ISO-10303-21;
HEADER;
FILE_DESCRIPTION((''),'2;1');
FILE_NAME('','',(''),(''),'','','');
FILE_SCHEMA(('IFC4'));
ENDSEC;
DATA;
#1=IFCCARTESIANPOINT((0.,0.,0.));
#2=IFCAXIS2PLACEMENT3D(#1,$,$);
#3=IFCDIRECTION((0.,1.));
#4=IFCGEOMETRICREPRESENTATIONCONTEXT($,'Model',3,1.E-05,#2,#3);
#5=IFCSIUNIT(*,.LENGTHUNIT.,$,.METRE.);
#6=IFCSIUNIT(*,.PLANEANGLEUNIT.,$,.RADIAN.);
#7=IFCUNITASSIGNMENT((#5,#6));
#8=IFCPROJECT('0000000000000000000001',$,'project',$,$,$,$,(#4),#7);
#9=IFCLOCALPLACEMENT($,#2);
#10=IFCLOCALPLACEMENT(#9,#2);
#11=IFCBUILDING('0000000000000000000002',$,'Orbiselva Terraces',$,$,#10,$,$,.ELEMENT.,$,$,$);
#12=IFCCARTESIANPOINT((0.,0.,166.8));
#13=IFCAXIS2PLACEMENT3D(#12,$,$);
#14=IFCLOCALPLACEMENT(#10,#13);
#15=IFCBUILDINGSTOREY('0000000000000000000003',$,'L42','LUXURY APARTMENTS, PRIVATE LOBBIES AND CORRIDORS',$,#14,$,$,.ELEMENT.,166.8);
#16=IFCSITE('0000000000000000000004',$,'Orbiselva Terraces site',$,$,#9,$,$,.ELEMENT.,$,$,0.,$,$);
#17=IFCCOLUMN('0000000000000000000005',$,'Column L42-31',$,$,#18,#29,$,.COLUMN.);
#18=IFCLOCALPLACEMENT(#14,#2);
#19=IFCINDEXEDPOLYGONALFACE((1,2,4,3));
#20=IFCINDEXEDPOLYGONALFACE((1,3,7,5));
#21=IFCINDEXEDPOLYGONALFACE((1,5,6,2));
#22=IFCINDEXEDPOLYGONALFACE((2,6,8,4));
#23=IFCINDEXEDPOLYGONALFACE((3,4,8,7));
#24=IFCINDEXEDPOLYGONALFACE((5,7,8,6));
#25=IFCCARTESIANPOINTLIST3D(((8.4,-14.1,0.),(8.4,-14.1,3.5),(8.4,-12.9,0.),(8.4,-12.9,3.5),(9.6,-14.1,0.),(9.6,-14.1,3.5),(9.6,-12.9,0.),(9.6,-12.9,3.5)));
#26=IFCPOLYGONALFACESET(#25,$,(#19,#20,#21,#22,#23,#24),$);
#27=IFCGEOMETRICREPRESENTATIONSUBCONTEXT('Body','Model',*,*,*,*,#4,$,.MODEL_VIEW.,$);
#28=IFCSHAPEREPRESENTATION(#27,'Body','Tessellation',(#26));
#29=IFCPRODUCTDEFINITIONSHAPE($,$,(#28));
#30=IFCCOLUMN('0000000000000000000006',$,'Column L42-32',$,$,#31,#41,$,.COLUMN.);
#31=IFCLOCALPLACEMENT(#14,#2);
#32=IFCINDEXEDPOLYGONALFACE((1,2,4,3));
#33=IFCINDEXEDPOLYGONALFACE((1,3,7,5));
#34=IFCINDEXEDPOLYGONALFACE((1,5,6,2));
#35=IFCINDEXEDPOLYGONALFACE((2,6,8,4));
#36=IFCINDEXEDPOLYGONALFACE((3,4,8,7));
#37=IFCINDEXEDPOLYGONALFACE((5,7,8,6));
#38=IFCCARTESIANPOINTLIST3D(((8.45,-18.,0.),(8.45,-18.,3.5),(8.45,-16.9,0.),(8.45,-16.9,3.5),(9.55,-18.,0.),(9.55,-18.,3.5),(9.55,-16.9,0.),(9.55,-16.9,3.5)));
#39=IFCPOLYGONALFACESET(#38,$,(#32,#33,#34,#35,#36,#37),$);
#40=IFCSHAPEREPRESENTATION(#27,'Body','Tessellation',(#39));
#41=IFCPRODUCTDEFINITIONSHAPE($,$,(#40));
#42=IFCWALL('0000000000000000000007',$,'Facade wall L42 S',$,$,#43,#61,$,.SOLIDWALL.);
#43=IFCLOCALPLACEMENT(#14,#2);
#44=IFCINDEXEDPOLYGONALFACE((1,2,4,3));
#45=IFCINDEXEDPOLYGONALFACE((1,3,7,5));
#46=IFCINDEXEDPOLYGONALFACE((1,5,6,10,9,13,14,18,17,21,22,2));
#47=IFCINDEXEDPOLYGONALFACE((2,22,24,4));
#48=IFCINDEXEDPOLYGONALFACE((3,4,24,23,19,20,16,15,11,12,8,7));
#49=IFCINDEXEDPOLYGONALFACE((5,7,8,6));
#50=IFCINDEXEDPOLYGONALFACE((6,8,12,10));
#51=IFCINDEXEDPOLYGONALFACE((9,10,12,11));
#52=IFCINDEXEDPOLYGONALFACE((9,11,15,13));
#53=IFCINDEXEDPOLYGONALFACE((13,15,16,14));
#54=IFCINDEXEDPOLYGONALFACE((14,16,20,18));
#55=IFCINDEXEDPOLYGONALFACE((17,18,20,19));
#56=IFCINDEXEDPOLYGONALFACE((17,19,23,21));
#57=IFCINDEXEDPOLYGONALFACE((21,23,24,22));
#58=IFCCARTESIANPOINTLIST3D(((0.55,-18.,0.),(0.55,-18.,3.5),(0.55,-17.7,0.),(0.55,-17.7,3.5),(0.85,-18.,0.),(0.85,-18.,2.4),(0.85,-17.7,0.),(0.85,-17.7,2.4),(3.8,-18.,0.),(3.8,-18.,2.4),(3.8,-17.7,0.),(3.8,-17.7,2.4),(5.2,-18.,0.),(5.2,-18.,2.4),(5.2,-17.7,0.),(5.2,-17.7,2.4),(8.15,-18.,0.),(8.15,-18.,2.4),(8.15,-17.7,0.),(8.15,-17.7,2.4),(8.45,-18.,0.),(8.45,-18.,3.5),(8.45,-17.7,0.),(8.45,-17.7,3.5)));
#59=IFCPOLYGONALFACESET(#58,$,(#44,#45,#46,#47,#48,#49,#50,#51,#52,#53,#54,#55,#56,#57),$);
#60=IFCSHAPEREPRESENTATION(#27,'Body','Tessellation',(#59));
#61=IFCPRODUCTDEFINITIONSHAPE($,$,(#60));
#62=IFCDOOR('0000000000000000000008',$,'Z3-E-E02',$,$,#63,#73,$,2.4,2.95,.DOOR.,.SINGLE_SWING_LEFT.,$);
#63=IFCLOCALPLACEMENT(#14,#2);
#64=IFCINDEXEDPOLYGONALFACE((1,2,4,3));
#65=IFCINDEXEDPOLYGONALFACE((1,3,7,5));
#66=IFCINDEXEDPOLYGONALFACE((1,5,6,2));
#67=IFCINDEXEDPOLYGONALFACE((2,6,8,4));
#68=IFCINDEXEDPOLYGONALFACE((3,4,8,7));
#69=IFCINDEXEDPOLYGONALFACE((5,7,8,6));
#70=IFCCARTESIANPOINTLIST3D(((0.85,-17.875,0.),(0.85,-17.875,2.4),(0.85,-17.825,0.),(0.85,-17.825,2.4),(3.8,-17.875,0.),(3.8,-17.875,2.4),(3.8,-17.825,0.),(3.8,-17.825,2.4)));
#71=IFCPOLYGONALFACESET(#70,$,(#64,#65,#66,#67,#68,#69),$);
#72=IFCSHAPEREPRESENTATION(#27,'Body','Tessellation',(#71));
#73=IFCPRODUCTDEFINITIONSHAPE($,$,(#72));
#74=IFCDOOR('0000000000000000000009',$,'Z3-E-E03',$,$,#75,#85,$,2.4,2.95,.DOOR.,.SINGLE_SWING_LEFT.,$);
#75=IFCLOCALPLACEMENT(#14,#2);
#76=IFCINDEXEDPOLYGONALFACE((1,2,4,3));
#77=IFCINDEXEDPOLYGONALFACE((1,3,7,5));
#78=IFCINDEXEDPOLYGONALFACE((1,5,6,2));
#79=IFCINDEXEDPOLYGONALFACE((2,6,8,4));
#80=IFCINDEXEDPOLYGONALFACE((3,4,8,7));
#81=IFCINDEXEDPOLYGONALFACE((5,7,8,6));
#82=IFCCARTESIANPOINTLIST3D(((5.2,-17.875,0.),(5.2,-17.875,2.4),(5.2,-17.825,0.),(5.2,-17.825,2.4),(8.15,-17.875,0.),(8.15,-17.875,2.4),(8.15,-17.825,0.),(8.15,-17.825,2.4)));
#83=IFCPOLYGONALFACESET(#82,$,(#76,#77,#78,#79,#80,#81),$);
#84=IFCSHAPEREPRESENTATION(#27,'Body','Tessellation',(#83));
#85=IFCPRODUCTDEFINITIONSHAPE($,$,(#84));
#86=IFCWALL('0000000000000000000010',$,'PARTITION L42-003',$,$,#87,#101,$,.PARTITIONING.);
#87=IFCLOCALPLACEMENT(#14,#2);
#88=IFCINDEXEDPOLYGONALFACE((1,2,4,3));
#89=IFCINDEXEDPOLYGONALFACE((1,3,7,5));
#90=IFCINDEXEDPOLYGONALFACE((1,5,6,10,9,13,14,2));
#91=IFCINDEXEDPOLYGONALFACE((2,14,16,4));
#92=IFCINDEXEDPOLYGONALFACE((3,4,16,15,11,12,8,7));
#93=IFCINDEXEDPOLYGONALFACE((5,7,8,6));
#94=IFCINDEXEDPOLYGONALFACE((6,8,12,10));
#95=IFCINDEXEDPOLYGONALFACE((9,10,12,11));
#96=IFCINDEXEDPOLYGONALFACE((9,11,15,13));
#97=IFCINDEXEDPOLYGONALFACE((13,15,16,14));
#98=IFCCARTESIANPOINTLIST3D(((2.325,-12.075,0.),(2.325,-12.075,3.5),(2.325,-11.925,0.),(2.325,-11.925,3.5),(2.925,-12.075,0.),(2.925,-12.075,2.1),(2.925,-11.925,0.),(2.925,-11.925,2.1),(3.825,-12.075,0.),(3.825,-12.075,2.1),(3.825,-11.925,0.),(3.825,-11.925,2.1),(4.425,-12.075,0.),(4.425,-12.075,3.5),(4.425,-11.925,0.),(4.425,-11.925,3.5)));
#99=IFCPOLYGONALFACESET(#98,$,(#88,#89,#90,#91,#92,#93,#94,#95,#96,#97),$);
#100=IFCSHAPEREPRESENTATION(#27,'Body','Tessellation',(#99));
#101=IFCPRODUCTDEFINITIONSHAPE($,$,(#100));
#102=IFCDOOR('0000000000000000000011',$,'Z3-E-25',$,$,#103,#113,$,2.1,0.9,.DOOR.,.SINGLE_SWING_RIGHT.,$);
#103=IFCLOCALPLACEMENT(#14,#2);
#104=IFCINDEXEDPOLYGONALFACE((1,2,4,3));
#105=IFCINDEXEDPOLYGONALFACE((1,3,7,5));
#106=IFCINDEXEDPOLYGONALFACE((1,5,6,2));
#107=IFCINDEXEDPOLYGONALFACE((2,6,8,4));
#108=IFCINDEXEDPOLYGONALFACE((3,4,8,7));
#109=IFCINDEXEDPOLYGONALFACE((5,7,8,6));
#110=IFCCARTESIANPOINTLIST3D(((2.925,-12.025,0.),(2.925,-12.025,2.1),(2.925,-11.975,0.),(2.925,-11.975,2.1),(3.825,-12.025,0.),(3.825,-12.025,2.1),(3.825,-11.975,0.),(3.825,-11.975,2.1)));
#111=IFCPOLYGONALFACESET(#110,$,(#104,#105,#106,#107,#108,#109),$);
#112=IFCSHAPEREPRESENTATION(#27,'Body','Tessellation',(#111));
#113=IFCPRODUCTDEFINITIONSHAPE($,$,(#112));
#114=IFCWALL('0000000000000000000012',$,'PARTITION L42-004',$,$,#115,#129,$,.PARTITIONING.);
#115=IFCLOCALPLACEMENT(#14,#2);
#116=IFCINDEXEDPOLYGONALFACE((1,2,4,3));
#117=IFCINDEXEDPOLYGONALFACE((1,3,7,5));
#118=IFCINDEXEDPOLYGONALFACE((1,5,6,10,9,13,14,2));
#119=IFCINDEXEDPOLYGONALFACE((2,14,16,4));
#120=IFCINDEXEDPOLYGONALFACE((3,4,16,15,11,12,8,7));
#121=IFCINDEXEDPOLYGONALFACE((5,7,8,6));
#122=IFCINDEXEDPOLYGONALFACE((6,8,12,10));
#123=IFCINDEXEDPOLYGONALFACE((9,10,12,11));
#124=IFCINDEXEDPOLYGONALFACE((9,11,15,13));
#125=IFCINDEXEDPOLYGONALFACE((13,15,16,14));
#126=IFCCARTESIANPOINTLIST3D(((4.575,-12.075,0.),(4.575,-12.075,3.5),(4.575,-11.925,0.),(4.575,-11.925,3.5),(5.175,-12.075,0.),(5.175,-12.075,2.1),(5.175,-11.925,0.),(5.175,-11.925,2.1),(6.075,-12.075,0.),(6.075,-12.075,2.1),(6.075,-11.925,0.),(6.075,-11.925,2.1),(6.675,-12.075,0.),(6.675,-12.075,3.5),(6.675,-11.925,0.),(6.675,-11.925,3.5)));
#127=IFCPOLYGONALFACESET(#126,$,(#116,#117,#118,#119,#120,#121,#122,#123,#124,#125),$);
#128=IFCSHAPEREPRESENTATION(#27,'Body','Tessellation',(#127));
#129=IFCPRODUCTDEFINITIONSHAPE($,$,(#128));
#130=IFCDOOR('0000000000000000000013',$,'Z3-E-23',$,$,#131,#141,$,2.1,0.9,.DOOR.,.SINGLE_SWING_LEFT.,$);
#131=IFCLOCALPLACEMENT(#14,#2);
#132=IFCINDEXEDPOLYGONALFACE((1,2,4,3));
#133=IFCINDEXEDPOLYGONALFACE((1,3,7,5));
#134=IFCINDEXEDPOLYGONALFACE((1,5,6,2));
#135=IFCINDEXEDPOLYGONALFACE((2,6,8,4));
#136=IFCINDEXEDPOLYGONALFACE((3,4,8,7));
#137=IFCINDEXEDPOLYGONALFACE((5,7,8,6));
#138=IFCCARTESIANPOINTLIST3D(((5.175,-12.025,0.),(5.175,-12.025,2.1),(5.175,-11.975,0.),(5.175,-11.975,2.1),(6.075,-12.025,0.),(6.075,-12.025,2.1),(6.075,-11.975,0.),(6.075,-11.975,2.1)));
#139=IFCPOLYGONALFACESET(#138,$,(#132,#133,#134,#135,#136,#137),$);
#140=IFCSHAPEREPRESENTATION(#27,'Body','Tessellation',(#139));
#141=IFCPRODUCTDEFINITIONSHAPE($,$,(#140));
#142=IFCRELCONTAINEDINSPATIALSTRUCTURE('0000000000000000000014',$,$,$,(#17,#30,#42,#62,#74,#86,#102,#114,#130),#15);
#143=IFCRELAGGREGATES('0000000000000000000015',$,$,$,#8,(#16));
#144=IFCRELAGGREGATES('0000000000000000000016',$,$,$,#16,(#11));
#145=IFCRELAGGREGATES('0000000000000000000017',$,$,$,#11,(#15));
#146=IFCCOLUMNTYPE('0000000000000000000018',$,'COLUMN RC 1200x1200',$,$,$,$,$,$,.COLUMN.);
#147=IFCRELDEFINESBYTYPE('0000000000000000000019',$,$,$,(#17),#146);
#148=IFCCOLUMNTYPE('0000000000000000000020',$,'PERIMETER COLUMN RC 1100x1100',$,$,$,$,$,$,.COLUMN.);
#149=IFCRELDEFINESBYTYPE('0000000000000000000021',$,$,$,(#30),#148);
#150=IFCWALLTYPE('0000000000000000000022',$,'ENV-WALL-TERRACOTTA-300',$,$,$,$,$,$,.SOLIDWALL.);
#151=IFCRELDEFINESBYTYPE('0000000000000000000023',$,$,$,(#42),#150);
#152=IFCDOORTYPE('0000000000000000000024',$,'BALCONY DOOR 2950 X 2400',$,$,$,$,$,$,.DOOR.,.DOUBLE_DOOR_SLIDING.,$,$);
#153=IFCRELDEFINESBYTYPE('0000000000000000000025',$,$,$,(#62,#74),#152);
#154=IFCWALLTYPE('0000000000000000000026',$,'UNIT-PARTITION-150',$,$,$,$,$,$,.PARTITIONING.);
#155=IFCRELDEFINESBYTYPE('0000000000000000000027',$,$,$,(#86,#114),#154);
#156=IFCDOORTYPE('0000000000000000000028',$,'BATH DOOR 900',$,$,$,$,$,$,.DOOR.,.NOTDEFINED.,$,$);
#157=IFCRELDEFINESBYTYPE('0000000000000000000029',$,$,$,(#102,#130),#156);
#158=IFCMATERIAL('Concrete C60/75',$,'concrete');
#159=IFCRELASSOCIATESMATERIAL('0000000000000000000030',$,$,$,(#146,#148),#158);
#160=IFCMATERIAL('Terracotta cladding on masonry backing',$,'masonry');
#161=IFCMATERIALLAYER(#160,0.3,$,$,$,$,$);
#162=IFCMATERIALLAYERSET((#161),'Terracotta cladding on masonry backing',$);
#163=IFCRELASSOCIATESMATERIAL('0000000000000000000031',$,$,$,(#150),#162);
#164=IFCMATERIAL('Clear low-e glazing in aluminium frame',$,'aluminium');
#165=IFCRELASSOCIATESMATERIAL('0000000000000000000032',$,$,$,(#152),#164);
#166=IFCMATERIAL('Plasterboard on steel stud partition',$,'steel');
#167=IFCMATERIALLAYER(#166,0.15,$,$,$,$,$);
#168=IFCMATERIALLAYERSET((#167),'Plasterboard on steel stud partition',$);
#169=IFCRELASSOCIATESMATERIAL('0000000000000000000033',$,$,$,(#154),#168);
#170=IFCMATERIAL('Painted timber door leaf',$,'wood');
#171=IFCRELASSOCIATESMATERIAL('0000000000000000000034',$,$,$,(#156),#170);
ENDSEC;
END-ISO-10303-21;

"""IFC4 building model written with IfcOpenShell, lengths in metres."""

from ifc_helpers import new_model, si_unit, direction, frame, frame_2d, origin, origin_2d, place, context, subcontext, project, spatial, rectangle, extrude, material, layer, layer_set, material_profile, profile_set, type_object, element, fill, save


model = new_model("IFC4")

# Units and contexts
model_context = context("Model", 3, precision=1e-05, world=origin(), true_north=direction((0.0, 1.0)))
body_context = subcontext(model_context, "Body", "Model", "MODEL_VIEW")
ifc_project = project(units=[si_unit("LENGTHUNIT", "METRE"), si_unit("PLANEANGLEUNIT", "RADIAN")], contexts=[model_context])

# Site, building, storey
site_placement = place(None, origin())
site = spatial("IfcSite", under=ifc_project, at=site_placement, Name="Orbiselva Terraces site", CompositionType="ELEMENT", RefElevation=0.0)
building_placement = place(site_placement, origin())
building = spatial("IfcBuilding", under=site, at=building_placement, Name="Orbiselva Terraces", CompositionType="ELEMENT")
storey_placement = place(building_placement, frame((0.0, 0.0, 166.8)))
storey = spatial("IfcBuildingStorey", under=building, at=storey_placement, Name="L42", Description="LUXURY APARTMENTS, PRIVATE LOBBIES AND CORRIDORS", CompositionType="ELEMENT", Elevation=166.8)

# Columns
ifc_material_1 = material(Name="Concrete C60/75", Category="concrete")
ifc_material_profile_1 = material_profile(ifc_material_1, rectangle(XDim=1.2, YDim=1.2, at=origin_2d()), Name="RC 1200x1200")
ifc_profile_set_1 = profile_set([ifc_material_profile_1], Name="Concrete C60/75")
column_type_1 = type_object("IfcColumnType", Name="COLUMN RC 1200x1200", PredefinedType="COLUMN", material=ifc_profile_set_1)
column_1_placement = place(storey_placement, frame((9.0, -13.5, 0.0), z_axis=(0.0, 0.0, 1.0), x_axis=(1.0, 0.0, 0.0)))
element("IfcColumn", 1, at=column_1_placement, inside=storey, type_object=column_type_1, Name="Column L42-31", PredefinedType="COLUMN", context=body_context, shape_type="SweptSolid", body=[
    extrude(rectangle(XDim=1.2, YDim=1.2, at=origin_2d()), origin(), (0.0, 0.0, 1.0), 3.5),
])
ifc_material_profile_2 = material_profile(ifc_material_1, rectangle(XDim=1.1, YDim=1.1, at=origin_2d()), Name="RC 1100x1100")
ifc_profile_set_2 = profile_set([ifc_material_profile_2], Name="Concrete C60/75")
column_type_2 = type_object("IfcColumnType", Name="PERIMETER COLUMN RC 1100x1100", PredefinedType="COLUMN", material=ifc_profile_set_2)
column_2_placement = place(storey_placement, frame((9.0, -17.45, 0.0), z_axis=(0.0, 0.0, 1.0), x_axis=(1.0, 0.0, 0.0)))
element("IfcColumn", 2, at=column_2_placement, inside=storey, type_object=column_type_2, Name="Column L42-32", PredefinedType="COLUMN", context=body_context, shape_type="SweptSolid", body=[
    extrude(rectangle(XDim=1.1, YDim=1.1, at=origin_2d()), origin(), (0.0, 0.0, 1.0), 3.5),
])

# Wall, openings, doors
ifc_material_2 = material(Name="Terracotta cladding on masonry backing", Category="masonry")
ifc_layer_1 = layer(ifc_material_2, 0.3)
ifc_layer_set_1 = layer_set([ifc_layer_1], Name="Terracotta cladding on masonry backing")
wall_type_1 = type_object("IfcWallType", Name="ENV-WALL-TERRACOTTA-300", PredefinedType="SOLIDWALL", material=ifc_layer_set_1)
wall_1_placement = place(storey_placement, frame((8.45, -17.85, 0.0), z_axis=(0.0, 0.0, 1.0), x_axis=(-1.0, 0.0, 0.0)))
wall_1 = element("IfcWall", 3, at=wall_1_placement, inside=storey, type_object=wall_type_1, Name="Facade wall L42 S", PredefinedType="SOLIDWALL", context=body_context, shape_type="SweptSolid", body=[
    extrude(rectangle(XDim=7.9, YDim=0.3, at=frame_2d((3.95, 0.0))), origin(), (0.0, 0.0, 1.0), 3.5),
])
opening_1_placement = place(wall_1_placement, frame((4.65, 0.0, 0.0)))
opening_1 = element("IfcOpeningElement", 4, at=opening_1_placement, cuts=wall_1, PredefinedType="OPENING", context=body_context, shape_type="SweptSolid", body=[
    extrude(rectangle(XDim=2.95, YDim=2.4, at=frame_2d((1.475, 1.2))), frame((0.0, 0.16, 0.0), z_axis=(0.0, -1.0, 0.0), x_axis=(1.0, 0.0, 0.0)), (0.0, 0.0, 1.0), 0.32),
])
opening_2_placement = place(wall_1_placement, frame((0.3, 0.0, 0.0)))
opening_2 = element("IfcOpeningElement", 5, at=opening_2_placement, cuts=wall_1, PredefinedType="OPENING", context=body_context, shape_type="SweptSolid", body=[
    extrude(rectangle(XDim=2.95, YDim=2.4, at=frame_2d((1.475, 1.2))), frame((0.0, 0.16, 0.0), z_axis=(0.0, -1.0, 0.0), x_axis=(1.0, 0.0, 0.0)), (0.0, 0.0, 1.0), 0.32),
])
ifc_material_3 = material(Name="Clear low-e glazing in aluminium frame", Category="aluminium")
door_type_1 = type_object("IfcDoorType", Name="BALCONY DOOR 2950 X 2400", OperationType="DOUBLE_DOOR_SLIDING", PredefinedType="DOOR", material=ifc_material_3)
door_1_placement = place(opening_1_placement, origin())
door_1 = element("IfcDoor", 6, at=door_1_placement, inside=storey, type_object=door_type_1, Name="Z3-E-E02", OperationType="SINGLE_SWING_LEFT", OverallHeight=2.4, OverallWidth=2.95, PredefinedType="DOOR", context=body_context, shape_type="SweptSolid", body=[
    extrude(rectangle(XDim=2.95, YDim=2.4, at=frame_2d((1.475, 1.2))), frame((0.0, 0.025, 0.0), z_axis=(0.0, -1.0, 0.0), x_axis=(1.0, 0.0, 0.0)), (0.0, 0.0, 1.0), 0.05),
])
fill(opening_1, door_1)
door_2_placement = place(opening_2_placement, origin())
door_2 = element("IfcDoor", 7, at=door_2_placement, inside=storey, type_object=door_type_1, Name="Z3-E-E03", OperationType="SINGLE_SWING_LEFT", OverallHeight=2.4, OverallWidth=2.95, PredefinedType="DOOR", context=body_context, shape_type="SweptSolid", body=[
    extrude(rectangle(XDim=2.95, YDim=2.4, at=frame_2d((1.475, 1.2))), frame((0.0, 0.025, 0.0), z_axis=(0.0, -1.0, 0.0), x_axis=(1.0, 0.0, 0.0)), (0.0, 0.0, 1.0), 0.05),
])
fill(opening_2, door_2)

# Walls, openings, doors
ifc_material_4 = material(Name="Plasterboard on steel stud partition", Category="steel")
ifc_layer_2 = layer(ifc_material_4, 0.15)
ifc_layer_set_2 = layer_set([ifc_layer_2], Name="Plasterboard on steel stud partition")
wall_type_2 = type_object("IfcWallType", Name="UNIT-PARTITION-150", PredefinedType="PARTITIONING", material=ifc_layer_set_2)
wall_2_placement = place(storey_placement, frame((2.325, -12.0, 0.0), z_axis=(0.0, 0.0, 1.0), x_axis=(1.0, 0.0, 0.0)))
wall_2 = element("IfcWall", 8, at=wall_2_placement, inside=storey, type_object=wall_type_2, Name="PARTITION L42-003", PredefinedType="PARTITIONING", context=body_context, shape_type="SweptSolid", body=[
    extrude(rectangle(XDim=2.1, YDim=0.15, at=frame_2d((1.05, 0.0))), origin(), (0.0, 0.0, 1.0), 3.5),
])
opening_3_placement = place(wall_2_placement, frame((0.6, 0.0, 0.0)))
opening_3 = element("IfcOpeningElement", 9, at=opening_3_placement, cuts=wall_2, PredefinedType="OPENING", context=body_context, shape_type="SweptSolid", body=[
    extrude(rectangle(XDim=0.9, YDim=2.1, at=frame_2d((0.45, 1.05))), frame((0.0, 0.085, 0.0), z_axis=(0.0, -1.0, 0.0), x_axis=(1.0, 0.0, 0.0)), (0.0, 0.0, 1.0), 0.17),
])
ifc_material_5 = material(Name="Painted timber door leaf", Category="wood")
door_type_2 = type_object("IfcDoorType", Name="BATH DOOR 900", OperationType="NOTDEFINED", PredefinedType="DOOR", material=ifc_material_5)
door_3_placement = place(opening_3_placement, origin())
door_3 = element("IfcDoor", 10, at=door_3_placement, inside=storey, type_object=door_type_2, Name="Z3-E-25", OperationType="SINGLE_SWING_RIGHT", OverallHeight=2.1, OverallWidth=0.9, PredefinedType="DOOR", context=body_context, shape_type="SweptSolid", body=[
    extrude(rectangle(XDim=0.9, YDim=2.1, at=frame_2d((0.45, 1.05))), frame((0.0, 0.025, 0.0), z_axis=(0.0, -1.0, 0.0), x_axis=(1.0, 0.0, 0.0)), (0.0, 0.0, 1.0), 0.05),
])
fill(opening_3, door_3)
wall_3_placement = place(storey_placement, frame((4.575, -12.0, 0.0), z_axis=(0.0, 0.0, 1.0), x_axis=(1.0, 0.0, 0.0)))
wall_3 = element("IfcWall", 11, at=wall_3_placement, inside=storey, type_object=wall_type_2, Name="PARTITION L42-004", PredefinedType="PARTITIONING", context=body_context, shape_type="SweptSolid", body=[
    extrude(rectangle(XDim=2.1, YDim=0.15, at=frame_2d((1.05, 0.0))), origin(), (0.0, 0.0, 1.0), 3.5),
])
opening_4_placement = place(wall_3_placement, frame((0.6, 0.0, 0.0)))
opening_4 = element("IfcOpeningElement", 12, at=opening_4_placement, cuts=wall_3, PredefinedType="OPENING", context=body_context, shape_type="SweptSolid", body=[
    extrude(rectangle(XDim=0.9, YDim=2.1, at=frame_2d((0.45, 1.05))), frame((0.0, 0.085, 0.0), z_axis=(0.0, -1.0, 0.0), x_axis=(1.0, 0.0, 0.0)), (0.0, 0.0, 1.0), 0.17),
])
door_4_placement = place(opening_4_placement, origin())
door_4 = element("IfcDoor", 13, at=door_4_placement, inside=storey, type_object=door_type_2, Name="Z3-E-23", OperationType="SINGLE_SWING_LEFT", OverallHeight=2.1, OverallWidth=0.9, PredefinedType="DOOR", context=body_context, shape_type="SweptSolid", body=[
    extrude(rectangle(XDim=0.9, YDim=2.1, at=frame_2d((0.45, 1.05))), frame((0.0, 0.025, 0.0), z_axis=(0.0, -1.0, 0.0), x_axis=(1.0, 0.0, 0.0)), (0.0, 0.0, 1.0), 0.05),
])
fill(opening_4, door_4)

save(model, "model.ifc")
